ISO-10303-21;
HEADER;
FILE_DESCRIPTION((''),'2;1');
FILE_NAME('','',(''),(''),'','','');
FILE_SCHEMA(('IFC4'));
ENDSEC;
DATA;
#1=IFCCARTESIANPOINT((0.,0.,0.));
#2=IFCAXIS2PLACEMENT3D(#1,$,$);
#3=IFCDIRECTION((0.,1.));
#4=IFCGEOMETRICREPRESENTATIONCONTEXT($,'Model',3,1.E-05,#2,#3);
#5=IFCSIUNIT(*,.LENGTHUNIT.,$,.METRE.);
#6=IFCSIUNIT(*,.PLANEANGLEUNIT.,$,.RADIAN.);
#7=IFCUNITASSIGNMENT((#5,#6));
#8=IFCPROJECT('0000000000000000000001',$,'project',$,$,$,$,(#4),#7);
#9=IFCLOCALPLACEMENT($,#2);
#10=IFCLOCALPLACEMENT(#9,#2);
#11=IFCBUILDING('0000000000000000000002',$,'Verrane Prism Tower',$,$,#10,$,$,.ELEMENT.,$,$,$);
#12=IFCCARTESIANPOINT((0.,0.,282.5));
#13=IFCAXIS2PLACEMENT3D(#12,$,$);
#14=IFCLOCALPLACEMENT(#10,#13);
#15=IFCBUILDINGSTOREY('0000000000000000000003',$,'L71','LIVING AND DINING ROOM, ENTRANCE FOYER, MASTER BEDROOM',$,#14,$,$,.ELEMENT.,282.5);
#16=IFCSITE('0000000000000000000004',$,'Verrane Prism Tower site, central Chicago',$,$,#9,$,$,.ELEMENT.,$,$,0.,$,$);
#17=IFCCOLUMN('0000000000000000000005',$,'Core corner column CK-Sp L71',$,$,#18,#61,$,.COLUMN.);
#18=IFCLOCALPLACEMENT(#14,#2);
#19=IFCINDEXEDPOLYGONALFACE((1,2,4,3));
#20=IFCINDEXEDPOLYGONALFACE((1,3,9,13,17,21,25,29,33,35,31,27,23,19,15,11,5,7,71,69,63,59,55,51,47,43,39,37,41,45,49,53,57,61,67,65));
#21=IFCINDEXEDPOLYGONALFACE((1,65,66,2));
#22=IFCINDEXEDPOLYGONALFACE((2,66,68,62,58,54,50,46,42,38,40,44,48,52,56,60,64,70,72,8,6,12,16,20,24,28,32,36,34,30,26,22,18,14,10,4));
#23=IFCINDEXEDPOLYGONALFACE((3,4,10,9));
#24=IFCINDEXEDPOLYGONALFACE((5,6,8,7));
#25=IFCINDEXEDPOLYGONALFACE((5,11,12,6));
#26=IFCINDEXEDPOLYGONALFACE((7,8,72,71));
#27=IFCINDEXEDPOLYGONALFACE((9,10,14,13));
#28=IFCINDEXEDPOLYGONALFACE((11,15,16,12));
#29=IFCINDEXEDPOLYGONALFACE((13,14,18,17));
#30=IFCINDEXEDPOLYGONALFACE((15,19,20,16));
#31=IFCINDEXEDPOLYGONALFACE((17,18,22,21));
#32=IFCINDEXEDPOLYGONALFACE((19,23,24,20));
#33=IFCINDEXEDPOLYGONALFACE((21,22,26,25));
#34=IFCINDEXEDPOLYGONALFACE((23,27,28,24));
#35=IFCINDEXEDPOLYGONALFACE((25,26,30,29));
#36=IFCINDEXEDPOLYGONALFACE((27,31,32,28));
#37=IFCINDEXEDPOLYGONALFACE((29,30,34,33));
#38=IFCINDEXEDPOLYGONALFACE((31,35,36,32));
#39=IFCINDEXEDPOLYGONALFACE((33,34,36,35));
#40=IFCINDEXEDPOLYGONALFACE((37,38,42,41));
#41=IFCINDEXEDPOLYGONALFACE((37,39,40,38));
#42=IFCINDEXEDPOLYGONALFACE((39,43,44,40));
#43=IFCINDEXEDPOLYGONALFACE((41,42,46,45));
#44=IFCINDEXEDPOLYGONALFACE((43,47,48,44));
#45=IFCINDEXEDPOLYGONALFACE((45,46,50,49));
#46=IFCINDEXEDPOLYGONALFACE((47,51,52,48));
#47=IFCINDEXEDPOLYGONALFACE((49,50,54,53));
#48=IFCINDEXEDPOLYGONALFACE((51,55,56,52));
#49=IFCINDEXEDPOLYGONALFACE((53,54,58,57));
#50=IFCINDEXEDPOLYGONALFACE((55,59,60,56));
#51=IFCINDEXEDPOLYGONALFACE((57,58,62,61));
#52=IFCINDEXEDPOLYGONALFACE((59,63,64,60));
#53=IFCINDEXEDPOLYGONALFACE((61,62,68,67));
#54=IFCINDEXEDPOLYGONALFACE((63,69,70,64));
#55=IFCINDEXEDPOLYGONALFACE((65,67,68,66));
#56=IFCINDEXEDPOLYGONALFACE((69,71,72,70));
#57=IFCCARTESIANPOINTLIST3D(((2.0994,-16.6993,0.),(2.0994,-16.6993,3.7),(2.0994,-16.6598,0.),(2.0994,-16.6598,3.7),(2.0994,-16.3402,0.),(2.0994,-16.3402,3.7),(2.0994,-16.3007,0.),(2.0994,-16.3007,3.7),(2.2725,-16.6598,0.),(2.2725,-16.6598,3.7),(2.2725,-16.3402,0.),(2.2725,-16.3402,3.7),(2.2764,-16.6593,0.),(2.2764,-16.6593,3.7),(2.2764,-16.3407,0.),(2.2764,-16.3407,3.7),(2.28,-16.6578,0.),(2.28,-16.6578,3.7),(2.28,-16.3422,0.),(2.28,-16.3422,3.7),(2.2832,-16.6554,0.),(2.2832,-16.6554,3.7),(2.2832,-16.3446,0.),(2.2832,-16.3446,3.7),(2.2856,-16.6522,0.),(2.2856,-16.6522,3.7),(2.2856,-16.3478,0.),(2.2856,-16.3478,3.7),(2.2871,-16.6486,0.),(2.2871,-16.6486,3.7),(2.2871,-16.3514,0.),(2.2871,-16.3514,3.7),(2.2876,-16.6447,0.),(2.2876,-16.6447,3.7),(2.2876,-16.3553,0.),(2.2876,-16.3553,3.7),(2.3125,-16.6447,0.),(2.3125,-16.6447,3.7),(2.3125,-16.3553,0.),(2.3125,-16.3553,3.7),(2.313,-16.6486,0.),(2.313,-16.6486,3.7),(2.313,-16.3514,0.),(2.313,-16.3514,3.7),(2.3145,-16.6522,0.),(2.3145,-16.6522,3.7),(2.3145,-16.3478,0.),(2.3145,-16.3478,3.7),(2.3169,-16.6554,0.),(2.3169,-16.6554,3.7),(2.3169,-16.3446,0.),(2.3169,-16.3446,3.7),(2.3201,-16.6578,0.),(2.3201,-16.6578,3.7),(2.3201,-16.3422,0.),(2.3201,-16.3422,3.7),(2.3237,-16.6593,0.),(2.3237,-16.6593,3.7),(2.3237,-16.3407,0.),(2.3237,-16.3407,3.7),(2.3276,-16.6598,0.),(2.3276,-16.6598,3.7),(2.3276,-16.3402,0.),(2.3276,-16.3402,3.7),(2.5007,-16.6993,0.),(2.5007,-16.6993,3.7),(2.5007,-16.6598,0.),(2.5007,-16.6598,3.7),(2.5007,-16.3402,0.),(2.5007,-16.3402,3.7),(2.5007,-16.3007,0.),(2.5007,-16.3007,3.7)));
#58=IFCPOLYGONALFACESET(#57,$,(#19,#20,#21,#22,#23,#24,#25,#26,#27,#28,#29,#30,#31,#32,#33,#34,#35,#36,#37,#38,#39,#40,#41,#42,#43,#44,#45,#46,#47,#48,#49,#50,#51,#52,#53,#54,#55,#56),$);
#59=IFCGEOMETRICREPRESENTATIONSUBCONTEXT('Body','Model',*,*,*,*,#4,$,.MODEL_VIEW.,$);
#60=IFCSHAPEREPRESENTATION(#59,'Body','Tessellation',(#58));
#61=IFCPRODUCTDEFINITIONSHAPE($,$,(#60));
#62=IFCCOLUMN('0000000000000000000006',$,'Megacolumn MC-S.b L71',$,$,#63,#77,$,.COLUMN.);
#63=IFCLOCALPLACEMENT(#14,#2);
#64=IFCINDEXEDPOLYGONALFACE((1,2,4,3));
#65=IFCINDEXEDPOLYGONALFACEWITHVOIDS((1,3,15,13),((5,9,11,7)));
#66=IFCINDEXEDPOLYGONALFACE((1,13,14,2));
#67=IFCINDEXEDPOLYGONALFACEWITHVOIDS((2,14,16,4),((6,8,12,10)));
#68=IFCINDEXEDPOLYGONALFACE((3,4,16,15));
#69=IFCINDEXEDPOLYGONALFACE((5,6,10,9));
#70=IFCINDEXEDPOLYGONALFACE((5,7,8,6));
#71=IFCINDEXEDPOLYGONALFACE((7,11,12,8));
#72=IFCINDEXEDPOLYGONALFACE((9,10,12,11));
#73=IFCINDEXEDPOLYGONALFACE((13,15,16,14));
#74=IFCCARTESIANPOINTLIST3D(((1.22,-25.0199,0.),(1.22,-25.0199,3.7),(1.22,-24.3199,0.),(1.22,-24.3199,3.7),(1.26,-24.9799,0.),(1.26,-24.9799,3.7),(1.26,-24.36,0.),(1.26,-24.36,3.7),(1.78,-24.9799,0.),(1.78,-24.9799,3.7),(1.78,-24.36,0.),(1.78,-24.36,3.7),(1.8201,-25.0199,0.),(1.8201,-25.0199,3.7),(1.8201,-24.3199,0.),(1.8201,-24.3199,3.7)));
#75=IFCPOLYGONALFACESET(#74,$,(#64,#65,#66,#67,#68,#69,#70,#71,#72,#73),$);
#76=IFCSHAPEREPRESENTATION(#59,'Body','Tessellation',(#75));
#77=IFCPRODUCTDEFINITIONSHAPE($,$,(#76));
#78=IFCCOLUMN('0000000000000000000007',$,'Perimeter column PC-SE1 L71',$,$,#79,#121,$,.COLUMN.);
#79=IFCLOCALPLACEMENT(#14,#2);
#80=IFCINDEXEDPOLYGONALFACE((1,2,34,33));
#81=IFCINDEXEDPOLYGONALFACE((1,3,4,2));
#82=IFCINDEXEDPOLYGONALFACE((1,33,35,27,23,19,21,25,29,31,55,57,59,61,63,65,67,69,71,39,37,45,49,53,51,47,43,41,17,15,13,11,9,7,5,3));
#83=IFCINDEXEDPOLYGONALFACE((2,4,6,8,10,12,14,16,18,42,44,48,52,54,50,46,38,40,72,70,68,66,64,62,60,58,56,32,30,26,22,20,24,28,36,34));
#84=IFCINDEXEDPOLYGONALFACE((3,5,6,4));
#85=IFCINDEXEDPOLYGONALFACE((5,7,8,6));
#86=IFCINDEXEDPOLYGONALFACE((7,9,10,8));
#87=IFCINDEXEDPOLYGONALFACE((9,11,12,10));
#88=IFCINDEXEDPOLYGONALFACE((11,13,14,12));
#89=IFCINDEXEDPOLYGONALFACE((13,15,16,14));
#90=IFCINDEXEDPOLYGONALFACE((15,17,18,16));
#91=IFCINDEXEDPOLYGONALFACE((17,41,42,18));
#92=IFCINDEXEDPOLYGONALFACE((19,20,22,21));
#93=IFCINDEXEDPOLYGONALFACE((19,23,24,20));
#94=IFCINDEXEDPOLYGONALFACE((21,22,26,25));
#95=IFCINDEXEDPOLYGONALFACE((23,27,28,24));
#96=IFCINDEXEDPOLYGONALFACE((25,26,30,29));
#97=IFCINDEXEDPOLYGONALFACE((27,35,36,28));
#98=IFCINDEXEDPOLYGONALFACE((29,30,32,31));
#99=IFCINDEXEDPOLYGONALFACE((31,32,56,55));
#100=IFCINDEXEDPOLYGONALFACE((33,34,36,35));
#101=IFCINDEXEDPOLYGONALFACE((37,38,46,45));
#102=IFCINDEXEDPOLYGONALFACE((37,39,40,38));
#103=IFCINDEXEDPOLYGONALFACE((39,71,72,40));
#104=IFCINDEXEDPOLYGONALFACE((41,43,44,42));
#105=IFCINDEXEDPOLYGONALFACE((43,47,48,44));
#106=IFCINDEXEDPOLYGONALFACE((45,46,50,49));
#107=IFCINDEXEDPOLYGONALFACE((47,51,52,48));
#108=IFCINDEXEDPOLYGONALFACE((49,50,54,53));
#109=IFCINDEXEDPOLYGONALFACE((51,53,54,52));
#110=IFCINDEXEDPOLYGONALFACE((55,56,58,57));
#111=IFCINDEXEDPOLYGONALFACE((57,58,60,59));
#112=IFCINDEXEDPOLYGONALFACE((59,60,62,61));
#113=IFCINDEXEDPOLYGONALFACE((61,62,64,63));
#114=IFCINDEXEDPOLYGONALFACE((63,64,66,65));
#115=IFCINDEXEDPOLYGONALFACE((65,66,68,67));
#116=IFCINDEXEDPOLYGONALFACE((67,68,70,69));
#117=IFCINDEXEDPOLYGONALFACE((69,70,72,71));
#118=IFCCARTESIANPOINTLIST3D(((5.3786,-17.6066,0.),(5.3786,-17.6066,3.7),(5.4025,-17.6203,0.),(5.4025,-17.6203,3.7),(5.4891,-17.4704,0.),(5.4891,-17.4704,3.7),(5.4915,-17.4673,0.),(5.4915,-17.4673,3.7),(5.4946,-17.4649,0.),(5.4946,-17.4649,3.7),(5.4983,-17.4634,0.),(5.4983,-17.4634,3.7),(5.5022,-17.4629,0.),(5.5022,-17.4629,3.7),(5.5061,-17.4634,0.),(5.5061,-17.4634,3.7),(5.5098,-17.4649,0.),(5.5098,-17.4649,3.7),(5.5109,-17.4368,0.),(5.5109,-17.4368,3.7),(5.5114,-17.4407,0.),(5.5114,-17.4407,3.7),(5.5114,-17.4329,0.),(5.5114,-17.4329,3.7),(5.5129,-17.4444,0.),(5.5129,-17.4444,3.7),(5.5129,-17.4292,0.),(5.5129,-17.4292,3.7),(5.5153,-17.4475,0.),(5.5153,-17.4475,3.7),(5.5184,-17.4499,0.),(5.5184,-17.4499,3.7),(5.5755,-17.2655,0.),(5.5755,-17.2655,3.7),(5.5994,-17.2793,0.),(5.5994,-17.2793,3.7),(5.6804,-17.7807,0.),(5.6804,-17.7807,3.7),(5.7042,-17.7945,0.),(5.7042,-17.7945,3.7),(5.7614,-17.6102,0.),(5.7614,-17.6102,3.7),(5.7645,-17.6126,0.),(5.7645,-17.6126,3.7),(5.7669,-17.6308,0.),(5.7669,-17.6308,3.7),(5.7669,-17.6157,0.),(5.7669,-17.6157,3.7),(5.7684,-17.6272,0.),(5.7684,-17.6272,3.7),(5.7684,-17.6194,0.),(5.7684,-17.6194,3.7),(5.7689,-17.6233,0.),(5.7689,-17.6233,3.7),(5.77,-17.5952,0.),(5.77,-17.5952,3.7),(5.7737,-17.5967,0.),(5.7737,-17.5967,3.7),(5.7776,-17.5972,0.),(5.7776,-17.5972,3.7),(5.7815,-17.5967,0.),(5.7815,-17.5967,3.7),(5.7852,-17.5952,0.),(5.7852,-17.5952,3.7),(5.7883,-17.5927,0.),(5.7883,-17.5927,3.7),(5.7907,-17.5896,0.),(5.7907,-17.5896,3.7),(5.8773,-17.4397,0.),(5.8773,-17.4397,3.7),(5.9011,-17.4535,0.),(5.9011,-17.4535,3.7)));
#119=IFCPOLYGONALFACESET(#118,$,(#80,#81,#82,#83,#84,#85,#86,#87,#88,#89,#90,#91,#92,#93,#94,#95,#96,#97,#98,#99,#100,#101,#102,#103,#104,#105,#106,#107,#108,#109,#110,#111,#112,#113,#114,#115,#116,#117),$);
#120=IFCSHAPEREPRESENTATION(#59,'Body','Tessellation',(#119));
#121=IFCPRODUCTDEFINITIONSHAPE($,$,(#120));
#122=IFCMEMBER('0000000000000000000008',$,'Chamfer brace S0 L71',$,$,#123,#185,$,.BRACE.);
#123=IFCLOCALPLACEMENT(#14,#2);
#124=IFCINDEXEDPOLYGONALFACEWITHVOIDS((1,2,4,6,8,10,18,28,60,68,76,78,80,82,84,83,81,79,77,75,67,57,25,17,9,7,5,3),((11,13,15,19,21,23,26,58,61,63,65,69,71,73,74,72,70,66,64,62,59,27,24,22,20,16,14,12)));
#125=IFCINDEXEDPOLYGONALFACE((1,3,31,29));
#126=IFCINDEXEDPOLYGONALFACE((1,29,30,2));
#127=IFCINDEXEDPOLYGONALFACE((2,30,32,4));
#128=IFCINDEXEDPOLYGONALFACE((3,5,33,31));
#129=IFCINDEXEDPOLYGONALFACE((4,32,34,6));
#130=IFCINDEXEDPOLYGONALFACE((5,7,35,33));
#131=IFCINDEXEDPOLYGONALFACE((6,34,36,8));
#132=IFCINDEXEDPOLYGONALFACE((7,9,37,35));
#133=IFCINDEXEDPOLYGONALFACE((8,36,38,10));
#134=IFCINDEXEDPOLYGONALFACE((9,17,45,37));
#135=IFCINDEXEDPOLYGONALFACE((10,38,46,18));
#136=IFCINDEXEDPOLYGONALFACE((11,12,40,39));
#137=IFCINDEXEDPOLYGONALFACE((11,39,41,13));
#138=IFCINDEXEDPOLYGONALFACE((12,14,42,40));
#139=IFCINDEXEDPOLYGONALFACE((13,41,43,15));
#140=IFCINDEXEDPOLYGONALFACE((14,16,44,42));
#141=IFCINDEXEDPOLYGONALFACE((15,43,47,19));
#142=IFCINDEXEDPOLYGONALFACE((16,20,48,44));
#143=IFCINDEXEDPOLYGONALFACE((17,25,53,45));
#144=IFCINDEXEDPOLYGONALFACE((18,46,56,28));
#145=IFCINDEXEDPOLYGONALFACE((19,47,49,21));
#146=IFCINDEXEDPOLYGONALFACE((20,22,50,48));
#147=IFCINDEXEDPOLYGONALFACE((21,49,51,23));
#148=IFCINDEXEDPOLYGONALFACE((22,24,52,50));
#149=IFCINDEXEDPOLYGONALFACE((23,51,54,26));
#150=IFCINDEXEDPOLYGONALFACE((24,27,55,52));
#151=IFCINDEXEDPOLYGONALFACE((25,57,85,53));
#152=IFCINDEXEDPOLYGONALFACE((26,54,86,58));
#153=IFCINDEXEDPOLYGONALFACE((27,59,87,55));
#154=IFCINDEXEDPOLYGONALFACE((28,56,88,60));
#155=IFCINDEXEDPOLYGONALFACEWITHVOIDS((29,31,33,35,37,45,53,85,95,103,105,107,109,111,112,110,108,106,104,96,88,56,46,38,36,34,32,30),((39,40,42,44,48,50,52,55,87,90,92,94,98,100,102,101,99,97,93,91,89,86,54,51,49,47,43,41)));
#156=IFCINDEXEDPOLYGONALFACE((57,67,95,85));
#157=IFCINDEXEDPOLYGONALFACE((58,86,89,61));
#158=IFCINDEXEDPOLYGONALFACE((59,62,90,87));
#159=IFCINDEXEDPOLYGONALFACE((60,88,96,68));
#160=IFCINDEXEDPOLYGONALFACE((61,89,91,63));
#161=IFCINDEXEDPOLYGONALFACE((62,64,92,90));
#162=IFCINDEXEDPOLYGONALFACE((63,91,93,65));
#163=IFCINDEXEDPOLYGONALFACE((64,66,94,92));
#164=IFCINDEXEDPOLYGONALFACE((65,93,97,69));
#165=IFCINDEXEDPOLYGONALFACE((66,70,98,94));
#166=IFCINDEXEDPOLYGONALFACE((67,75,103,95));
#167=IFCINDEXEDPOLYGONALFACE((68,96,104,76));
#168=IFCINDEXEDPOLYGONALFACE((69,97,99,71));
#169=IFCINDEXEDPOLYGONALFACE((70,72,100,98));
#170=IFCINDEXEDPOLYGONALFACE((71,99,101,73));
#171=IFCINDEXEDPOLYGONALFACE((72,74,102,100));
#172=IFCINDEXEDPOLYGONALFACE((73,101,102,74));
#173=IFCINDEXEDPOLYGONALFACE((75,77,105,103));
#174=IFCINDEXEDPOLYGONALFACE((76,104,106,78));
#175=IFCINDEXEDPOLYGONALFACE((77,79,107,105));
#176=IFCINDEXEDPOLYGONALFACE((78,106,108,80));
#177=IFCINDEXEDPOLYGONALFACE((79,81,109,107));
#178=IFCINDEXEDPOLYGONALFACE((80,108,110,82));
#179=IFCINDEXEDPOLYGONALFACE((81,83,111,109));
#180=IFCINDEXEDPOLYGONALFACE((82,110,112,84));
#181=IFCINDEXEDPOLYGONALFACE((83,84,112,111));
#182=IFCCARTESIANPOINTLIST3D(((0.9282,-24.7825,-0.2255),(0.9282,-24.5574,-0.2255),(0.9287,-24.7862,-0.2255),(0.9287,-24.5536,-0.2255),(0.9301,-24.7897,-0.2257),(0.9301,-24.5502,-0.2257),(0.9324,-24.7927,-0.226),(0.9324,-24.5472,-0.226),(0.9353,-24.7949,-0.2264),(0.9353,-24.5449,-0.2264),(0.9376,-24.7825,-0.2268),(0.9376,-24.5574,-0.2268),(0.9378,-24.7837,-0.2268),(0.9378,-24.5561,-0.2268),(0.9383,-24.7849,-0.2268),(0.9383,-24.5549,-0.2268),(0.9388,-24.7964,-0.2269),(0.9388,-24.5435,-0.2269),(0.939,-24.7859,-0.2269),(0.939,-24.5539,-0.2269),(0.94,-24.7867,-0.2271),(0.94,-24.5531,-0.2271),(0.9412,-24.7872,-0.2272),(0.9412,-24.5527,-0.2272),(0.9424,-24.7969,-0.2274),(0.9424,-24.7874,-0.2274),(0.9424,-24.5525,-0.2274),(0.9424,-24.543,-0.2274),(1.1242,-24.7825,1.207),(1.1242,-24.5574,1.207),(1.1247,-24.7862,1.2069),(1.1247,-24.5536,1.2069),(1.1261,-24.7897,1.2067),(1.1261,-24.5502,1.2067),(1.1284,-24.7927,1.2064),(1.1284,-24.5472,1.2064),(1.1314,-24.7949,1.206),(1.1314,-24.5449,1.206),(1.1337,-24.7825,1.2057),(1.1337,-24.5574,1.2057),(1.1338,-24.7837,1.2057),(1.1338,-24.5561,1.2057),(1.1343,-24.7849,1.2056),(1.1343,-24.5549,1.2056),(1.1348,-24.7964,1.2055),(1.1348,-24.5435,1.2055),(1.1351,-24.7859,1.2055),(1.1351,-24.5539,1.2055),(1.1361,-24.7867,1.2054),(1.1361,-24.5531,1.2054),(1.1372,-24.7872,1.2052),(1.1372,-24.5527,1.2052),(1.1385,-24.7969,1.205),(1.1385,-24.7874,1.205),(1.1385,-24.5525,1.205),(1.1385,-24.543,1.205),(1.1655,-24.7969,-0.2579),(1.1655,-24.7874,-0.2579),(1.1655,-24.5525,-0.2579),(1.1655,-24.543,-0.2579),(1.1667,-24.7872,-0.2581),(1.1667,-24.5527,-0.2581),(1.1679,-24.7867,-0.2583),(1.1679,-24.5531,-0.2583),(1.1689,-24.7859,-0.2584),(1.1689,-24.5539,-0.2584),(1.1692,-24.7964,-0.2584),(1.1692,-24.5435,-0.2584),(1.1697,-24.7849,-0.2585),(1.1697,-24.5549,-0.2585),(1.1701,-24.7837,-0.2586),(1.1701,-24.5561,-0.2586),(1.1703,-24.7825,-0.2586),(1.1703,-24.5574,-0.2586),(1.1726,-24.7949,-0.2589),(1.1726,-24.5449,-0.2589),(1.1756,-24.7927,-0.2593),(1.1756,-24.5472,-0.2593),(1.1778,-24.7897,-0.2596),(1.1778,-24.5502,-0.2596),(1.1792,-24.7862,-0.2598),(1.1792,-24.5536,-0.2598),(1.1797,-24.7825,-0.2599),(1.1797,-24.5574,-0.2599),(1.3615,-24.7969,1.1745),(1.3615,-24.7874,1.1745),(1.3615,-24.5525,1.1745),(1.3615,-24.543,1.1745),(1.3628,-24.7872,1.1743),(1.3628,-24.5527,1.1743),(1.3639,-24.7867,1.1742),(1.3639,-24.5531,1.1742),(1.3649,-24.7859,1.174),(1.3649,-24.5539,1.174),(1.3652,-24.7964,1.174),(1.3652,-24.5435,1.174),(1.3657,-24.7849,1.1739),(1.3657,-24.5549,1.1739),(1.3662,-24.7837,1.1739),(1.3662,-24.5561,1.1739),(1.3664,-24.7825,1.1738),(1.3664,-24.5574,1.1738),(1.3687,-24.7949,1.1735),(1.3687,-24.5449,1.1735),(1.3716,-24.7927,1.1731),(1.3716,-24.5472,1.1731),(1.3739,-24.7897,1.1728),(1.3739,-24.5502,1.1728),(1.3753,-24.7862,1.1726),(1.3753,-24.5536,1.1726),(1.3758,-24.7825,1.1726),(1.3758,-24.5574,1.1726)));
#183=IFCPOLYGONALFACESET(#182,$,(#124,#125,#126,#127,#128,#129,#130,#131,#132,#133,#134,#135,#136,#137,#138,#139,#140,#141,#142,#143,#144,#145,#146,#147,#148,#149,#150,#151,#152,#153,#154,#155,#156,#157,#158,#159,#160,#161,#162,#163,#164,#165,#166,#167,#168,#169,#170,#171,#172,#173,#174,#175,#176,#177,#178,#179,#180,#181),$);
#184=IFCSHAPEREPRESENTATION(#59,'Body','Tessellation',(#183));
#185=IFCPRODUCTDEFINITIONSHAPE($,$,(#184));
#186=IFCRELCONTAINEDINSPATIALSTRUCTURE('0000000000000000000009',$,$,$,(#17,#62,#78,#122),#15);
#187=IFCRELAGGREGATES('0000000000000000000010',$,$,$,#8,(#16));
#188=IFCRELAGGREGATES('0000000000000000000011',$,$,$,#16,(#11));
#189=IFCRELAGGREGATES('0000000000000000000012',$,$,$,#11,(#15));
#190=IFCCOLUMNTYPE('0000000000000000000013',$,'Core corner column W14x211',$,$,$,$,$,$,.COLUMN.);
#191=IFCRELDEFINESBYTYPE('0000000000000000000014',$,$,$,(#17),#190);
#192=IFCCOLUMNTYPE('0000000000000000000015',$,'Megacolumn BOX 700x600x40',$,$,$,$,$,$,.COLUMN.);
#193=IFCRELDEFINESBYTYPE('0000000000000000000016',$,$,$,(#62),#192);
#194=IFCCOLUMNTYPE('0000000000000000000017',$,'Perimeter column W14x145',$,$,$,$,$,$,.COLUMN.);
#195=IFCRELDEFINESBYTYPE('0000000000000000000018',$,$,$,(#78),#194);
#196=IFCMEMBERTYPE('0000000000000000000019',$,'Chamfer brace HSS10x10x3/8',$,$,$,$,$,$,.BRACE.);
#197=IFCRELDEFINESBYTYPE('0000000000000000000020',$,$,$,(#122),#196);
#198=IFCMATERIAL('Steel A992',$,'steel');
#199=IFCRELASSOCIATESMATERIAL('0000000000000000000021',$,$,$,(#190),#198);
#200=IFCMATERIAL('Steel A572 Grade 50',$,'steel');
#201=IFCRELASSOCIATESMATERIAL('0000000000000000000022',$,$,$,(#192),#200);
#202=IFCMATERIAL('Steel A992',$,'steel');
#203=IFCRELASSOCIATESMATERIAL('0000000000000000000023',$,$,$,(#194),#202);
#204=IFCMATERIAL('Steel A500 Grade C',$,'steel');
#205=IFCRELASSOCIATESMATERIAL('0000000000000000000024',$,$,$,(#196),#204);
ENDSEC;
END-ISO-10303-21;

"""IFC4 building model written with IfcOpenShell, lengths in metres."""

from ifc_helpers import new_model, si_unit, direction, frame, origin, origin_2d, place, context, subcontext, project, spatial, hollow_rectangle, i_section, extrude, material, material_profile, profile_set, type_object, element, save


model = new_model("IFC4")

# Units and contexts
model_context = context("Model", 3, precision=1e-05, world=origin(), true_north=direction((0.0, 1.0)))
body_context = subcontext(model_context, "Body", "Model", "MODEL_VIEW")
ifc_project = project(units=[si_unit("LENGTHUNIT", "METRE"), si_unit("PLANEANGLEUNIT", "RADIAN")], contexts=[model_context])

# Site, building, storey
site_placement = place(None, origin())
site = spatial("IfcSite", under=ifc_project, at=site_placement, Name="Verrane Prism Tower site, central Chicago", CompositionType="ELEMENT", RefElevation=0.0)
building_placement = place(site_placement, origin())
building = spatial("IfcBuilding", under=site, at=building_placement, Name="Verrane Prism Tower", CompositionType="ELEMENT")
storey_placement = place(building_placement, frame((0.0, 0.0, 282.5)))
storey = spatial("IfcBuildingStorey", under=building, at=storey_placement, Name="L71", Description="LIVING AND DINING ROOM, ENTRANCE FOYER, MASTER BEDROOM", CompositionType="ELEMENT", Elevation=282.5)

# Columns
ifc_material_1 = material(Name="Steel A992", Category="steel")
ifc_material_profile_1 = material_profile(ifc_material_1, i_section(OverallWidth=0.4014, OverallDepth=0.3987, WebThickness=0.0249, FlangeThickness=0.0396, FilletRadius=0.0151, at=origin_2d()), Name="W14x211")
ifc_profile_set_1 = profile_set([ifc_material_profile_1], Name="Steel A992")
column_type_1 = type_object("IfcColumnType", Name="Core corner column W14x211", PredefinedType="COLUMN", material=ifc_profile_set_1)
column_1_placement = place(storey_placement, frame((2.3, -16.5, 0.0), z_axis=(0.0, 0.0, 1.0), x_axis=(-1.0, 0.0, 0.0)))
element("IfcColumn", 1, at=column_1_placement, inside=storey, type_object=column_type_1, Name="Core corner column CK-Sp L71", PredefinedType="COLUMN", context=body_context, shape_type="SweptSolid", body=[
    extrude(i_section(OverallWidth=0.4014, OverallDepth=0.3987, WebThickness=0.0249, FlangeThickness=0.0396, FilletRadius=0.0151, at=origin_2d()), origin(), (0.0, 0.0, 1.0), 3.7),
])
ifc_material_2 = material(Name="Steel A572 Grade 50", Category="steel")
ifc_material_profile_2 = material_profile(ifc_material_2, hollow_rectangle(XDim=0.6001, YDim=0.7, WallThickness=0.04, at=origin_2d()), Name="BOX 700x600x40")
ifc_profile_set_2 = profile_set([ifc_material_profile_2], Name="Steel A572 Grade 50")
column_type_2 = type_object("IfcColumnType", Name="Megacolumn BOX 700x600x40", PredefinedType="COLUMN", material=ifc_profile_set_2)
column_2_placement = place(storey_placement, frame((1.52, -24.6699, 0.0), z_axis=(0.0, 0.0, 1.0), x_axis=(-1.0, 0.0, 0.0)))
element("IfcColumn", 2, at=column_2_placement, inside=storey, type_object=column_type_2, Name="Megacolumn MC-S.b L71", PredefinedType="COLUMN", context=body_context, shape_type="SweptSolid", body=[
    extrude(hollow_rectangle(XDim=0.6001, YDim=0.7, WallThickness=0.04, at=origin_2d()), origin(), (0.0, 0.0, 1.0), 3.7),
])
ifc_material_3 = material(Name="Steel A992", Category="steel")
ifc_material_profile_3 = material_profile(ifc_material_3, i_section(OverallWidth=0.3938, OverallDepth=0.376, WebThickness=0.0173, FlangeThickness=0.0276, FilletRadius=0.0151, at=origin_2d()), Name="W14x145")
ifc_profile_set_3 = profile_set([ifc_material_profile_3], Name="Steel A992")
column_type_3 = type_object("IfcColumnType", Name="Perimeter column W14x145", PredefinedType="COLUMN", material=ifc_profile_set_3)
column_3_placement = place(storey_placement, frame((5.6399, -17.53, 0.0), z_axis=(0.0, 0.0, 1.0), x_axis=(-0.5, -0.866025, 0.0)))
element("IfcColumn", 3, at=column_3_placement, inside=storey, type_object=column_type_3, Name="Perimeter column PC-SE1 L71", PredefinedType="COLUMN", context=body_context, shape_type="SweptSolid", body=[
    extrude(i_section(OverallWidth=0.3938, OverallDepth=0.376, WebThickness=0.0173, FlangeThickness=0.0276, FilletRadius=0.0151, at=origin_2d()), origin(), (0.0, 0.0, 1.0), 3.7),
])

# Member
ifc_material_4 = material(Name="Steel A500 Grade C", Category="steel")
ifc_material_profile_4 = material_profile(ifc_material_4, hollow_rectangle(XDim=0.2539, YDim=0.2539, WallThickness=0.0095, InnerFilletRadius=0.0049, OuterFilletRadius=0.0144, at=origin_2d()), Name="HSS10x10x3/8")
ifc_profile_set_4 = profile_set([ifc_material_profile_4], Name="Steel A500 Grade C")
member_type_1 = type_object("IfcMemberType", Name="Chamfer brace HSS10x10x3/8", PredefinedType="BRACE", material=ifc_profile_set_4)
member_1_placement = place(storey_placement, frame((1.054, -24.6699, -0.2427), z_axis=(0.135603, 0.0, 0.990763), x_axis=(0.0, 1.0, 0.0)))
element("IfcMember", 4, at=member_1_placement, inside=storey, type_object=member_type_1, Name="Chamfer brace S0 L71", PredefinedType="BRACE", context=body_context, shape_type="SweptSolid", body=[
    extrude(hollow_rectangle(XDim=0.2539, YDim=0.2539, WallThickness=0.0095, InnerFilletRadius=0.0049, OuterFilletRadius=0.0144, at=origin_2d()), origin(), (0.0, 0.0, 1.0), 1.4458),
])

save(model, "model.ifc")
